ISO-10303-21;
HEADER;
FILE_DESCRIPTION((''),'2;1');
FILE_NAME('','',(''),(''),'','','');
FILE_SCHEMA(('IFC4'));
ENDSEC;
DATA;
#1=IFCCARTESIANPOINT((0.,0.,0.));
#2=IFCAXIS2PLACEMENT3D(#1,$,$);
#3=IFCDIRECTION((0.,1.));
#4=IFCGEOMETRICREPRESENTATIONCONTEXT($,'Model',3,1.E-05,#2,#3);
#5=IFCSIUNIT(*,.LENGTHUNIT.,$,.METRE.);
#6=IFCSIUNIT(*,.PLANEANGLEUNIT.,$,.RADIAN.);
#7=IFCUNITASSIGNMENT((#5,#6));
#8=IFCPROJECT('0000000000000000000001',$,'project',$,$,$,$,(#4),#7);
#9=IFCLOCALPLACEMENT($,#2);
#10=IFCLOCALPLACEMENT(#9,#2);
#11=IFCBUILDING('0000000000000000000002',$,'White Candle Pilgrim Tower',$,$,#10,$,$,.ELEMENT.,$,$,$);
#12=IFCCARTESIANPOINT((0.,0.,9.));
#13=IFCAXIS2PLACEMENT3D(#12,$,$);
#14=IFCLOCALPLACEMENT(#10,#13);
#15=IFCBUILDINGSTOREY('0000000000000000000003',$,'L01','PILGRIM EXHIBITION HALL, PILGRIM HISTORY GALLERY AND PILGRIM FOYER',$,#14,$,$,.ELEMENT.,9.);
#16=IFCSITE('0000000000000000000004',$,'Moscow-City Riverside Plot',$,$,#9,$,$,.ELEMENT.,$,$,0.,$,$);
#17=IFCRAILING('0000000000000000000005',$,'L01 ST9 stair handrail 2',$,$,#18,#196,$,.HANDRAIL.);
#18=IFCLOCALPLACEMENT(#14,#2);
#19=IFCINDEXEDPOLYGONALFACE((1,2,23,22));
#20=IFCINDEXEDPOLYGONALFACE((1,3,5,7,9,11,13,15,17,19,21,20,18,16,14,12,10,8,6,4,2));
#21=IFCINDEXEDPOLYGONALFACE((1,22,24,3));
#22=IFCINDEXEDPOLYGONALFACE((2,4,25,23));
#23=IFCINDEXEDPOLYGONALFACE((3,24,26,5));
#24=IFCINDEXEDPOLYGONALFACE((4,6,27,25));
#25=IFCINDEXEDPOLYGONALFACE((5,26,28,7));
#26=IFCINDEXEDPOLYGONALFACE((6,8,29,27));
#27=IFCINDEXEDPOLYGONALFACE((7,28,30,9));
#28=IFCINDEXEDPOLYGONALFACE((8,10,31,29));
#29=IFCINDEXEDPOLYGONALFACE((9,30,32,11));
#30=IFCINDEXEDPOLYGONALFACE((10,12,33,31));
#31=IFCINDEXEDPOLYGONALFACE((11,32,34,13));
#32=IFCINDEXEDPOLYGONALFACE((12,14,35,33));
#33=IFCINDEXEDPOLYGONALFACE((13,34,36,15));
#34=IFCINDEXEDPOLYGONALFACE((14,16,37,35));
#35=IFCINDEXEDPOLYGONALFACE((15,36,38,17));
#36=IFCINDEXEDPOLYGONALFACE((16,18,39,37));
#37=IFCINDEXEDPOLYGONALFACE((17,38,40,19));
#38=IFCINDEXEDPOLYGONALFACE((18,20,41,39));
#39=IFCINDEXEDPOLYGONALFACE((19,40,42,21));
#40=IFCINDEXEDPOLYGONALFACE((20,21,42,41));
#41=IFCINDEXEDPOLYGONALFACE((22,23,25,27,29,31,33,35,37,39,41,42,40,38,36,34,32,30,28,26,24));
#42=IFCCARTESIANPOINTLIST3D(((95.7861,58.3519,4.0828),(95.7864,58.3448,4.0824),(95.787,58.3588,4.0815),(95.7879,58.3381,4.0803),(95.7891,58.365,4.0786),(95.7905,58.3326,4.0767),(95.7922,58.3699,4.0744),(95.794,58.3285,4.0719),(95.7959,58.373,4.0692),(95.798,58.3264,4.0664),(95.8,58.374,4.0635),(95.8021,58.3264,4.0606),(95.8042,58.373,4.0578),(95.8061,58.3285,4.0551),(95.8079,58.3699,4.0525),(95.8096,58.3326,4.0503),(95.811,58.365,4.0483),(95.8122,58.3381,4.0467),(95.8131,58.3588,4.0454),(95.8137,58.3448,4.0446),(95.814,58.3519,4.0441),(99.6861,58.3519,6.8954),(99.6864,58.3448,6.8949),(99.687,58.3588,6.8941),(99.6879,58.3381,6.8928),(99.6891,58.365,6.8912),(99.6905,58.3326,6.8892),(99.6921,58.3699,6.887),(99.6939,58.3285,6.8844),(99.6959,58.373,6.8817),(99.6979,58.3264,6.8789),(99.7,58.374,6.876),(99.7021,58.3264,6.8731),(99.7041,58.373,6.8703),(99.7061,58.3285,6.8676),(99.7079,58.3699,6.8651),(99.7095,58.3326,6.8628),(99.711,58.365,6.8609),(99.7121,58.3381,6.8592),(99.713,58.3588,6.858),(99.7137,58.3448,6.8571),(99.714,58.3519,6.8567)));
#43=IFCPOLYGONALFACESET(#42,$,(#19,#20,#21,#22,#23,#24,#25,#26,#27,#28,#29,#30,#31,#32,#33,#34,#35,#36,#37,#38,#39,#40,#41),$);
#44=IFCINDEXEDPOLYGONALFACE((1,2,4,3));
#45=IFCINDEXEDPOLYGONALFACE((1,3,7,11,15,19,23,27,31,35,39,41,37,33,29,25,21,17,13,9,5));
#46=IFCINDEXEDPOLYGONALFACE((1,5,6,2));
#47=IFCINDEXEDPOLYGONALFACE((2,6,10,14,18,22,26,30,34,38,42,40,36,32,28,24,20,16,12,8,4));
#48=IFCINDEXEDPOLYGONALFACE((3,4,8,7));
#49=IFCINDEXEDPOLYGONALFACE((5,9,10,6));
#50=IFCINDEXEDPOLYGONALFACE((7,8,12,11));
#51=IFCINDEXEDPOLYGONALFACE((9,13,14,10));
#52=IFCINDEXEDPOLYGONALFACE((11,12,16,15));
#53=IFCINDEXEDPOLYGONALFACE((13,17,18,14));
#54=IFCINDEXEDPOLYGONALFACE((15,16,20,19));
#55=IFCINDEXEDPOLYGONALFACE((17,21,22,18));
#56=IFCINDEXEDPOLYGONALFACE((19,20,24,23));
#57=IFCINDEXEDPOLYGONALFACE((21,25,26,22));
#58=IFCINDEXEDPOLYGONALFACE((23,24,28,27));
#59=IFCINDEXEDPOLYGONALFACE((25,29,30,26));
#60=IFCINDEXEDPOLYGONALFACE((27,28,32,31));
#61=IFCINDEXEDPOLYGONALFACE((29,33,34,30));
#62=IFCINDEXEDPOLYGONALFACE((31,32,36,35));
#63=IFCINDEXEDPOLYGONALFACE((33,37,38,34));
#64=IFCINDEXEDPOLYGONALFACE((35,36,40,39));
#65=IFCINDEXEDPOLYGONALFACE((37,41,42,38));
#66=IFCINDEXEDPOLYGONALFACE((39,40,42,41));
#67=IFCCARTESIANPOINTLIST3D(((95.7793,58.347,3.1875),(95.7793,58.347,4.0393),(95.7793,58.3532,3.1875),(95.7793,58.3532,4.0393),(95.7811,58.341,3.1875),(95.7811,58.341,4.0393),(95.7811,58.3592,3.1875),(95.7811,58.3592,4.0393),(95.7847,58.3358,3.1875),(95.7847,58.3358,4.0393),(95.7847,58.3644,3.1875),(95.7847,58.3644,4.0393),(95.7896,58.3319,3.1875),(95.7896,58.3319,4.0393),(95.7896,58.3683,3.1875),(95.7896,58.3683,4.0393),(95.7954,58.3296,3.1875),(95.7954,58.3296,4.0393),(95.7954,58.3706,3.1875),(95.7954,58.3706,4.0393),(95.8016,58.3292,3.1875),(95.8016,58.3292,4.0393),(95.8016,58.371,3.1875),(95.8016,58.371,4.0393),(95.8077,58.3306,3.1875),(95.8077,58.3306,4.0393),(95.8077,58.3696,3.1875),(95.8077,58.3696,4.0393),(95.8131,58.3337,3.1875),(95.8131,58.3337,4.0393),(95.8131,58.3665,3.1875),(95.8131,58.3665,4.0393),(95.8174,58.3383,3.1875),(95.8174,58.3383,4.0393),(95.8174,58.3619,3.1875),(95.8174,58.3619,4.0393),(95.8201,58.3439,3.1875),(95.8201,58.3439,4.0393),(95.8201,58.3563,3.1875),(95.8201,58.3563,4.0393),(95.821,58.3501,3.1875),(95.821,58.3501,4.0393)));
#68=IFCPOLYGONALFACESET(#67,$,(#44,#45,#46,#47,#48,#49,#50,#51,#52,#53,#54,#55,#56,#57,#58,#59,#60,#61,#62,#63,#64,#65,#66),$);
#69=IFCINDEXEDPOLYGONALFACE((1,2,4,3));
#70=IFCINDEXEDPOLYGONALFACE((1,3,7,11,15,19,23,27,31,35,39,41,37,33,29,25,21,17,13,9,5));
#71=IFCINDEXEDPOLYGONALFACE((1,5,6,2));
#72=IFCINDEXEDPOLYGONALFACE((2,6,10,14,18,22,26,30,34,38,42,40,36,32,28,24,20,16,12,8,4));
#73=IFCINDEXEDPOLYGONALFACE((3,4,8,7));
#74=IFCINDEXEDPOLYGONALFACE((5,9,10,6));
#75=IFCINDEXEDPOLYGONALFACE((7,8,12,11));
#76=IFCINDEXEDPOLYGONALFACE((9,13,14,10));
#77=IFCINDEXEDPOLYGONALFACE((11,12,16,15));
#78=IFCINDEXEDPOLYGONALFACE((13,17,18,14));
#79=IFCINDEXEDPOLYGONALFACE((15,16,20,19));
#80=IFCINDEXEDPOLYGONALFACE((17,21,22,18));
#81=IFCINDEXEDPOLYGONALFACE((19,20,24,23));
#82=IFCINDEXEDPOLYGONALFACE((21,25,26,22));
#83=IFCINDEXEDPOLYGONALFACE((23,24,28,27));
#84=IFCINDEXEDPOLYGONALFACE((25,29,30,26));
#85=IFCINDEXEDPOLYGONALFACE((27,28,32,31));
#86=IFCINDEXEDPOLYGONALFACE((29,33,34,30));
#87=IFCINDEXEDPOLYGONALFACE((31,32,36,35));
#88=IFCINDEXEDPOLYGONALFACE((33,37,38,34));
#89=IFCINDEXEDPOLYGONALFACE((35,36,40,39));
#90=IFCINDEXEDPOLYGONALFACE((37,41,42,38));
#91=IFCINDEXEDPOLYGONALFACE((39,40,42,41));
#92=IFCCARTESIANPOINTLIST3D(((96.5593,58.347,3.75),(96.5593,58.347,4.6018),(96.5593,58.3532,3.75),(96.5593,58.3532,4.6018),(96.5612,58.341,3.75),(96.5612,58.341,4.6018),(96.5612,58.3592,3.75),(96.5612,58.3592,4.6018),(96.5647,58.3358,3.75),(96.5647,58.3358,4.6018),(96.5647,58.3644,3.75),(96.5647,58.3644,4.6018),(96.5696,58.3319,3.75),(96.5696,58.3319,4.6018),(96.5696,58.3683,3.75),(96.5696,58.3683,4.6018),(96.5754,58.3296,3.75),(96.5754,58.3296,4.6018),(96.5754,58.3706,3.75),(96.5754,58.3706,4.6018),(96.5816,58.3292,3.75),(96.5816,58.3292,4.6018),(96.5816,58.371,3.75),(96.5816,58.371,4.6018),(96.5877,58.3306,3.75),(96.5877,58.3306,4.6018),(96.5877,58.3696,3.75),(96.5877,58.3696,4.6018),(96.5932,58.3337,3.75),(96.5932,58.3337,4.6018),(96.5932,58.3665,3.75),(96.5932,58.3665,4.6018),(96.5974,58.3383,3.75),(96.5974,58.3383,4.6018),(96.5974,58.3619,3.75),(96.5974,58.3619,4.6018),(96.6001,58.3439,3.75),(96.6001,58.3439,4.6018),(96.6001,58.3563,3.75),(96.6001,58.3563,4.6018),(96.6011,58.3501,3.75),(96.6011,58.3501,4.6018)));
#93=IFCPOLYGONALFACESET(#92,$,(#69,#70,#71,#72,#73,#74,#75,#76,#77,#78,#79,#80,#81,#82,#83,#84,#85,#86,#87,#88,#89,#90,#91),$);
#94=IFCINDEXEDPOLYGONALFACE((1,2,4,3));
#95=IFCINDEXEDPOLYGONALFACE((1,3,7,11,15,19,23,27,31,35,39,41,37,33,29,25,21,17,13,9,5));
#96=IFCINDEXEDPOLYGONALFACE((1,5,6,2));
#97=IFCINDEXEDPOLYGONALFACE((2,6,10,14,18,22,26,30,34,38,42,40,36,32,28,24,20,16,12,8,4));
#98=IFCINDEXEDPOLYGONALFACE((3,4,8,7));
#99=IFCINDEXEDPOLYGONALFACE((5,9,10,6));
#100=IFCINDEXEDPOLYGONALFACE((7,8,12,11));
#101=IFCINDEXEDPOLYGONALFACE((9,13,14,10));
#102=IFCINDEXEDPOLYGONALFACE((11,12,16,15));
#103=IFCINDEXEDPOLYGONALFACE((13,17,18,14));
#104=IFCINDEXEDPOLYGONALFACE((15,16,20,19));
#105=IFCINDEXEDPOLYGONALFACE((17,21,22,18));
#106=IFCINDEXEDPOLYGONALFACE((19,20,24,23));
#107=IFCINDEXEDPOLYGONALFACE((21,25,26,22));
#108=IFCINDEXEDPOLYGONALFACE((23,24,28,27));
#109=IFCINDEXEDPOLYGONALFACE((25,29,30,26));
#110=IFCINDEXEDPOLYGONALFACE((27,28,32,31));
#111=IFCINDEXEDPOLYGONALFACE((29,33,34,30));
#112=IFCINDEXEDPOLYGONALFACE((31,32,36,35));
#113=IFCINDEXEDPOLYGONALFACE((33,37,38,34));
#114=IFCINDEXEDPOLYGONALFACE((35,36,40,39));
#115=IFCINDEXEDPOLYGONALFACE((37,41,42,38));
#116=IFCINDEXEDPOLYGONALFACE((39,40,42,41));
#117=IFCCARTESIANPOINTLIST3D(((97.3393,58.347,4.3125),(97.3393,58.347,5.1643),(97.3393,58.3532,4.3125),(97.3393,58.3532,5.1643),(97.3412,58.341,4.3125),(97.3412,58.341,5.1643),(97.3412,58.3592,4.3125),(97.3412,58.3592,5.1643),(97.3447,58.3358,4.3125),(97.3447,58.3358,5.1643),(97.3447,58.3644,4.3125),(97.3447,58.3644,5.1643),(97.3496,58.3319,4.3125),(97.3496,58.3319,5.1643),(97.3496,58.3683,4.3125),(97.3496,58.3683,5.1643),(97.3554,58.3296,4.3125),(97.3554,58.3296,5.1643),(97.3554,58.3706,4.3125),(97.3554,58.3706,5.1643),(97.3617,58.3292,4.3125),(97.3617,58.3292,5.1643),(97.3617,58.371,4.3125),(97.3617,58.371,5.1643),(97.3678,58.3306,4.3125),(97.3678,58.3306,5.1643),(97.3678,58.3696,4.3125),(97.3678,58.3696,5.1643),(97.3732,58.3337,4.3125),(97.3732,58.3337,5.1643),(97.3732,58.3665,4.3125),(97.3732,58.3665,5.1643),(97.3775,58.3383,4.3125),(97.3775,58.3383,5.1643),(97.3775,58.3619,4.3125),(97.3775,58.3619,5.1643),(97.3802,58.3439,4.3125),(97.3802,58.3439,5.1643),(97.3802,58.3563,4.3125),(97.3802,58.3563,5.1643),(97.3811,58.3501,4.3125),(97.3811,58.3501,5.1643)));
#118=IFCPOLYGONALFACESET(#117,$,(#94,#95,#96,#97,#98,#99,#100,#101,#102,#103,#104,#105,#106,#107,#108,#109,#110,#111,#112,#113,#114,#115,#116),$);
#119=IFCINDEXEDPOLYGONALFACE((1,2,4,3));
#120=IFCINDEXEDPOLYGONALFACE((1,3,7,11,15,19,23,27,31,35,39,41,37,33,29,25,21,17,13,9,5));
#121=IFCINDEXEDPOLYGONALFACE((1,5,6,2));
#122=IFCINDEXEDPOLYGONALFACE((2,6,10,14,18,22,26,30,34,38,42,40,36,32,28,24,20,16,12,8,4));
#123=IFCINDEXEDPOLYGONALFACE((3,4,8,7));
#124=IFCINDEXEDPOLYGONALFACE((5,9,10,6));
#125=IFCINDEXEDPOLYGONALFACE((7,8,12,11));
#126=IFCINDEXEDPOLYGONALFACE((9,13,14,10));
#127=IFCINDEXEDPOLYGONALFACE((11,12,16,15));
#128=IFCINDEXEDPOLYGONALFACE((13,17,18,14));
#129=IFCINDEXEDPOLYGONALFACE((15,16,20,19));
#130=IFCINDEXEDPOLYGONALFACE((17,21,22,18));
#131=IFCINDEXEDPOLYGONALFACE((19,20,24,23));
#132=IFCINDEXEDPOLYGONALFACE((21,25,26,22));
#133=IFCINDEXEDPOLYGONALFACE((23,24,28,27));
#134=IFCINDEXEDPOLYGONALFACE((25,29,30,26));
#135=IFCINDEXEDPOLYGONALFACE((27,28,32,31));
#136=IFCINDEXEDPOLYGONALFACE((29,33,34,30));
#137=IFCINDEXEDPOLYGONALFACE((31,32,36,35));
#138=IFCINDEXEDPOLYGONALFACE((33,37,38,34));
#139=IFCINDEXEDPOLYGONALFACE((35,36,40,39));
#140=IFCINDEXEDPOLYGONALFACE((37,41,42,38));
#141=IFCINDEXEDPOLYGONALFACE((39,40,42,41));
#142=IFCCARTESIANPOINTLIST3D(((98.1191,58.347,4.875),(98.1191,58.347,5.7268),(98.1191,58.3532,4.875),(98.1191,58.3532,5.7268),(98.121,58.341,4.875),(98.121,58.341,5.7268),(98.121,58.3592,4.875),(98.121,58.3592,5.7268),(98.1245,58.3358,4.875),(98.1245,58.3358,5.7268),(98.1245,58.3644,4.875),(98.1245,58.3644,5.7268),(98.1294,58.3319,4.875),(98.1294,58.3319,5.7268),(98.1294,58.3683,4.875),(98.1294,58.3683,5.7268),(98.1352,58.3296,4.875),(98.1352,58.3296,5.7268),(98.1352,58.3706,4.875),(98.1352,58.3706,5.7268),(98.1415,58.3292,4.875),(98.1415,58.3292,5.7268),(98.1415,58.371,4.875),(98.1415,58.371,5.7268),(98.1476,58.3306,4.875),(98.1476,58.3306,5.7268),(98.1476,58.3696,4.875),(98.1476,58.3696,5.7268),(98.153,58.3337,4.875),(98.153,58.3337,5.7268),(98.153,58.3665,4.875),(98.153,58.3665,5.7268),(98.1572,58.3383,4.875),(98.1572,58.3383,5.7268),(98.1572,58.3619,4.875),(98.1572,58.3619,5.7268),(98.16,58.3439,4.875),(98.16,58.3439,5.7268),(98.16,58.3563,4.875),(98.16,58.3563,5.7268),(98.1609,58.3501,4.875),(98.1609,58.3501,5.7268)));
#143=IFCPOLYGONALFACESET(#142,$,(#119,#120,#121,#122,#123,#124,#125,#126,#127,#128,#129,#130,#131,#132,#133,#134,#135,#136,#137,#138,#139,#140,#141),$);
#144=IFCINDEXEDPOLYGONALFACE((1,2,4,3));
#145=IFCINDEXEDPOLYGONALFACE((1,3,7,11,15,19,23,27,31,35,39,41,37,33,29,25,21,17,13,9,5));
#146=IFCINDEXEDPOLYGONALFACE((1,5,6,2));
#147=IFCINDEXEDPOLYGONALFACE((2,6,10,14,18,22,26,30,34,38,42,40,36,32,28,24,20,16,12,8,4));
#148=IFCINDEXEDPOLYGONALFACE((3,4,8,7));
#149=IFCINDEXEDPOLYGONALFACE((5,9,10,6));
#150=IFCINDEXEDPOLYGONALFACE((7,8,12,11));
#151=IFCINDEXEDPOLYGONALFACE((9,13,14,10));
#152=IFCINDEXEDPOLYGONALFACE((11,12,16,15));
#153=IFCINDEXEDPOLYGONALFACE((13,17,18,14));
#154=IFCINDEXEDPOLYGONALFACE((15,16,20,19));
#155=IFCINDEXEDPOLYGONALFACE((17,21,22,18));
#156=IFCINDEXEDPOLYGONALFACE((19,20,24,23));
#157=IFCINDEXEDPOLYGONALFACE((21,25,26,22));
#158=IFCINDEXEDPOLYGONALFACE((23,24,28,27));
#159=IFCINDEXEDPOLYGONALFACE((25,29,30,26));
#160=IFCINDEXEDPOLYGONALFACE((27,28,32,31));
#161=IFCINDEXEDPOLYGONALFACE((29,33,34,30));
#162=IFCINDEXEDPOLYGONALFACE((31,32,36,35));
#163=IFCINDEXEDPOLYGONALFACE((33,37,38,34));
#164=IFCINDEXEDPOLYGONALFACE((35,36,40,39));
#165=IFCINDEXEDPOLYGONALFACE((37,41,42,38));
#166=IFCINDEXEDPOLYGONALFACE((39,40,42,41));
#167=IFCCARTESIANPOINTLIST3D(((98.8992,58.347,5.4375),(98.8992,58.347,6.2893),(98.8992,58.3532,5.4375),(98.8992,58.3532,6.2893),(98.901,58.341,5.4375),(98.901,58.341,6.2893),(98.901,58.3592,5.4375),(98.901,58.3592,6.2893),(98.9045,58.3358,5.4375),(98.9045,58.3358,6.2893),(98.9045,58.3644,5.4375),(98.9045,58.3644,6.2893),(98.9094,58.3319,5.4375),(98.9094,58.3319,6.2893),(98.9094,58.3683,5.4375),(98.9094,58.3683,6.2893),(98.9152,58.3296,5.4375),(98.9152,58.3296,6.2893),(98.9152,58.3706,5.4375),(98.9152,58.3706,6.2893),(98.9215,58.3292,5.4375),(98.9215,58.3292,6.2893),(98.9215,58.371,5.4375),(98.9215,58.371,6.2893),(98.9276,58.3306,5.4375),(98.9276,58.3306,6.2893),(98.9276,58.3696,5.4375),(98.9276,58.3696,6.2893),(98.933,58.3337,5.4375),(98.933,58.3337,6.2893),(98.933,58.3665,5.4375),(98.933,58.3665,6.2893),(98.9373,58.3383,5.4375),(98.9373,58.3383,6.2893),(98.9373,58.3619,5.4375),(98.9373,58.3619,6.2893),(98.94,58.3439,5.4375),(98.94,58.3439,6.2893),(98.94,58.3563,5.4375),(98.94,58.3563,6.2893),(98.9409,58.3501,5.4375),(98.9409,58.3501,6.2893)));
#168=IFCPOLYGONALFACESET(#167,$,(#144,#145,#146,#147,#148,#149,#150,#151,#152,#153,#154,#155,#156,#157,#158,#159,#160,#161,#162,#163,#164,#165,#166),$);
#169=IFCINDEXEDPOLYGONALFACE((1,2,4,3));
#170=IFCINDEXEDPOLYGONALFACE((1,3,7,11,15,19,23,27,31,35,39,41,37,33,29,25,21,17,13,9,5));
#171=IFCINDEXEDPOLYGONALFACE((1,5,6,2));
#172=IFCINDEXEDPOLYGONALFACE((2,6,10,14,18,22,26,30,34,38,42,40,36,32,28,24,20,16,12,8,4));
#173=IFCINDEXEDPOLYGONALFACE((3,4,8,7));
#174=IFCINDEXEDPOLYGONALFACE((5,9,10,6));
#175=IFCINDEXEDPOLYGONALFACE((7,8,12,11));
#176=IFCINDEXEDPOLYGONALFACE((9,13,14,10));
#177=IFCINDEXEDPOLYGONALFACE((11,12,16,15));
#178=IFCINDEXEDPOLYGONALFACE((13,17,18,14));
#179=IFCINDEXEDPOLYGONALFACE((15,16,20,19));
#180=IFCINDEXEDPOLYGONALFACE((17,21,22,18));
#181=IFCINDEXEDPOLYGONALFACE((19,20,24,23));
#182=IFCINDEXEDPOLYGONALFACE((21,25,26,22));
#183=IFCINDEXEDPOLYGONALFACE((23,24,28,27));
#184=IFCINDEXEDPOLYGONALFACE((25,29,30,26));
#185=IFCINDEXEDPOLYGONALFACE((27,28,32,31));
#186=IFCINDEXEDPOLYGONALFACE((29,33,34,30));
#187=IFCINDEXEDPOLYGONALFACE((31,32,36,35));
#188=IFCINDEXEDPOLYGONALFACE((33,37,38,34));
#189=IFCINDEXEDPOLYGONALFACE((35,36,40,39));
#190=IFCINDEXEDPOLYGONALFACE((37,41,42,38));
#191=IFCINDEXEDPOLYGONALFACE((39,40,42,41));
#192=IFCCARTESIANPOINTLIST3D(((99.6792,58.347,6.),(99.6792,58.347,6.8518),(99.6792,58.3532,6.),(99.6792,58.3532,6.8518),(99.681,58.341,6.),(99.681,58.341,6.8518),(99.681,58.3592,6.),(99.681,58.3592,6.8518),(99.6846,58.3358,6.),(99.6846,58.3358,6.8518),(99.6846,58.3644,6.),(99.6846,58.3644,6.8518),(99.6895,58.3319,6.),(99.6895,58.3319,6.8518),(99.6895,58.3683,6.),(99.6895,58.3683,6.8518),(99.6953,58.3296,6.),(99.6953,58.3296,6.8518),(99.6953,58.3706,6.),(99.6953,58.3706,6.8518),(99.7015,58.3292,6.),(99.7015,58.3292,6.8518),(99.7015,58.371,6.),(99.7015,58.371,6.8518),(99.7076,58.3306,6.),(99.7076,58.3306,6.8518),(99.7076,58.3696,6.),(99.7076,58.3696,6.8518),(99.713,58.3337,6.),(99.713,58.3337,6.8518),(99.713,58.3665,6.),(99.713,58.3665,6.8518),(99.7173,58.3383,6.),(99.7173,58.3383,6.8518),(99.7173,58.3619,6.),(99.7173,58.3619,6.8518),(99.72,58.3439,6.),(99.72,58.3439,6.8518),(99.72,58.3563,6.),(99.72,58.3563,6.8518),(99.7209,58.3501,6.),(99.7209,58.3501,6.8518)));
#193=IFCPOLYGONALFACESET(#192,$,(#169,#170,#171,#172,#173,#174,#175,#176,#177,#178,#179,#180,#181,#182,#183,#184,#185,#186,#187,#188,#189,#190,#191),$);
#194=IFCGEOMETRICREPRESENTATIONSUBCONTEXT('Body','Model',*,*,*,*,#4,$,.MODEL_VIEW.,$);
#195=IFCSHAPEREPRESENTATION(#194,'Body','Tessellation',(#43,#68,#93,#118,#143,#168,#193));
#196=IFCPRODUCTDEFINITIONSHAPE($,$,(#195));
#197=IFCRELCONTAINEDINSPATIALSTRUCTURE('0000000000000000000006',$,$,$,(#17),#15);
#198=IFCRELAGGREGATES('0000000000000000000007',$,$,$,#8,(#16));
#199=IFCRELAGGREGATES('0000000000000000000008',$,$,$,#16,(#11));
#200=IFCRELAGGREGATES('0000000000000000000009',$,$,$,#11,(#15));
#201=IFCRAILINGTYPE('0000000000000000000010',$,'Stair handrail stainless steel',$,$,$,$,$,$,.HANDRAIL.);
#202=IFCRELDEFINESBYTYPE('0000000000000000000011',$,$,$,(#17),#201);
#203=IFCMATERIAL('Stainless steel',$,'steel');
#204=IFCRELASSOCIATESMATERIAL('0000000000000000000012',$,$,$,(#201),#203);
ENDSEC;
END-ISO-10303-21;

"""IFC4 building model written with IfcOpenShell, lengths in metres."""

from ifc_helpers import new_model, si_unit, direction, frame, origin, origin_2d, place, context, subcontext, project, spatial, circle, extrude, material, type_object, element, save


model = new_model("IFC4")

# Units and contexts
model_context = context("Model", 3, precision=1e-05, world=origin(), true_north=direction((0.0, 1.0)))
body_context = subcontext(model_context, "Body", "Model", "MODEL_VIEW")
ifc_project = project(units=[si_unit("LENGTHUNIT", "METRE"), si_unit("PLANEANGLEUNIT", "RADIAN")], contexts=[model_context])

# Site, building, storey
site_placement = place(None, origin())
site = spatial("IfcSite", under=ifc_project, at=site_placement, Name="Moscow-City Riverside Plot", CompositionType="ELEMENT", RefElevation=0.0)
building_placement = place(site_placement, origin())
building = spatial("IfcBuilding", under=site, at=building_placement, Name="White Candle Pilgrim Tower", CompositionType="ELEMENT")
storey_placement = place(building_placement, frame((0.0, 0.0, 9.0)))
storey = spatial("IfcBuildingStorey", under=building, at=storey_placement, Name="L01", Description="PILGRIM EXHIBITION HALL, PILGRIM HISTORY GALLERY AND PILGRIM FOYER", CompositionType="ELEMENT", Elevation=9.0)

# Railing
ifc_material_1 = material(Name="Stainless steel", Category="steel")
railing_type_1 = type_object("IfcRailingType", Name="Stair handrail stainless steel", PredefinedType="HANDRAIL", material=ifc_material_1)
railing_1_placement = place(storey_placement, frame((95.8, 58.3501, 3.1875)))
element("IfcRailing", 1, at=railing_1_placement, inside=storey, type_object=railing_type_1, Name="L01 ST9 stair handrail 2", PredefinedType="HANDRAIL", context=body_context, shape_type="SweptSolid", body=[
    extrude(circle(Radius=0.0239, at=origin_2d()), frame((0.0, 0.0, 0.876), z_axis=(0.811083, 0.0, 0.584931), x_axis=(0.0, 1.0, 0.0)), (0.0, 0.0, 1.0), 4.8083),
    extrude(circle(Radius=0.021, at=origin_2d()), origin(), (0.0, 0.0, 1.0), 0.8518),
    extrude(circle(Radius=0.021, at=origin_2d()), frame((0.78, 0.0, 0.5625)), (0.0, 0.0, 1.0), 0.8518),
    extrude(circle(Radius=0.021, at=origin_2d()), frame((1.5601, 0.0, 1.125)), (0.0, 0.0, 1.0), 0.8518),
    extrude(circle(Radius=0.021, at=origin_2d()), frame((2.3398, 0.0, 1.6875)), (0.0, 0.0, 1.0), 0.8518),
    extrude(circle(Radius=0.021, at=origin_2d()), frame((3.1199, 0.0, 2.25)), (0.0, 0.0, 1.0), 0.8518),
    extrude(circle(Radius=0.021, at=origin_2d()), frame((3.8999, 0.0, 2.8125)), (0.0, 0.0, 1.0), 0.8518),
])

save(model, "model.ifc")
